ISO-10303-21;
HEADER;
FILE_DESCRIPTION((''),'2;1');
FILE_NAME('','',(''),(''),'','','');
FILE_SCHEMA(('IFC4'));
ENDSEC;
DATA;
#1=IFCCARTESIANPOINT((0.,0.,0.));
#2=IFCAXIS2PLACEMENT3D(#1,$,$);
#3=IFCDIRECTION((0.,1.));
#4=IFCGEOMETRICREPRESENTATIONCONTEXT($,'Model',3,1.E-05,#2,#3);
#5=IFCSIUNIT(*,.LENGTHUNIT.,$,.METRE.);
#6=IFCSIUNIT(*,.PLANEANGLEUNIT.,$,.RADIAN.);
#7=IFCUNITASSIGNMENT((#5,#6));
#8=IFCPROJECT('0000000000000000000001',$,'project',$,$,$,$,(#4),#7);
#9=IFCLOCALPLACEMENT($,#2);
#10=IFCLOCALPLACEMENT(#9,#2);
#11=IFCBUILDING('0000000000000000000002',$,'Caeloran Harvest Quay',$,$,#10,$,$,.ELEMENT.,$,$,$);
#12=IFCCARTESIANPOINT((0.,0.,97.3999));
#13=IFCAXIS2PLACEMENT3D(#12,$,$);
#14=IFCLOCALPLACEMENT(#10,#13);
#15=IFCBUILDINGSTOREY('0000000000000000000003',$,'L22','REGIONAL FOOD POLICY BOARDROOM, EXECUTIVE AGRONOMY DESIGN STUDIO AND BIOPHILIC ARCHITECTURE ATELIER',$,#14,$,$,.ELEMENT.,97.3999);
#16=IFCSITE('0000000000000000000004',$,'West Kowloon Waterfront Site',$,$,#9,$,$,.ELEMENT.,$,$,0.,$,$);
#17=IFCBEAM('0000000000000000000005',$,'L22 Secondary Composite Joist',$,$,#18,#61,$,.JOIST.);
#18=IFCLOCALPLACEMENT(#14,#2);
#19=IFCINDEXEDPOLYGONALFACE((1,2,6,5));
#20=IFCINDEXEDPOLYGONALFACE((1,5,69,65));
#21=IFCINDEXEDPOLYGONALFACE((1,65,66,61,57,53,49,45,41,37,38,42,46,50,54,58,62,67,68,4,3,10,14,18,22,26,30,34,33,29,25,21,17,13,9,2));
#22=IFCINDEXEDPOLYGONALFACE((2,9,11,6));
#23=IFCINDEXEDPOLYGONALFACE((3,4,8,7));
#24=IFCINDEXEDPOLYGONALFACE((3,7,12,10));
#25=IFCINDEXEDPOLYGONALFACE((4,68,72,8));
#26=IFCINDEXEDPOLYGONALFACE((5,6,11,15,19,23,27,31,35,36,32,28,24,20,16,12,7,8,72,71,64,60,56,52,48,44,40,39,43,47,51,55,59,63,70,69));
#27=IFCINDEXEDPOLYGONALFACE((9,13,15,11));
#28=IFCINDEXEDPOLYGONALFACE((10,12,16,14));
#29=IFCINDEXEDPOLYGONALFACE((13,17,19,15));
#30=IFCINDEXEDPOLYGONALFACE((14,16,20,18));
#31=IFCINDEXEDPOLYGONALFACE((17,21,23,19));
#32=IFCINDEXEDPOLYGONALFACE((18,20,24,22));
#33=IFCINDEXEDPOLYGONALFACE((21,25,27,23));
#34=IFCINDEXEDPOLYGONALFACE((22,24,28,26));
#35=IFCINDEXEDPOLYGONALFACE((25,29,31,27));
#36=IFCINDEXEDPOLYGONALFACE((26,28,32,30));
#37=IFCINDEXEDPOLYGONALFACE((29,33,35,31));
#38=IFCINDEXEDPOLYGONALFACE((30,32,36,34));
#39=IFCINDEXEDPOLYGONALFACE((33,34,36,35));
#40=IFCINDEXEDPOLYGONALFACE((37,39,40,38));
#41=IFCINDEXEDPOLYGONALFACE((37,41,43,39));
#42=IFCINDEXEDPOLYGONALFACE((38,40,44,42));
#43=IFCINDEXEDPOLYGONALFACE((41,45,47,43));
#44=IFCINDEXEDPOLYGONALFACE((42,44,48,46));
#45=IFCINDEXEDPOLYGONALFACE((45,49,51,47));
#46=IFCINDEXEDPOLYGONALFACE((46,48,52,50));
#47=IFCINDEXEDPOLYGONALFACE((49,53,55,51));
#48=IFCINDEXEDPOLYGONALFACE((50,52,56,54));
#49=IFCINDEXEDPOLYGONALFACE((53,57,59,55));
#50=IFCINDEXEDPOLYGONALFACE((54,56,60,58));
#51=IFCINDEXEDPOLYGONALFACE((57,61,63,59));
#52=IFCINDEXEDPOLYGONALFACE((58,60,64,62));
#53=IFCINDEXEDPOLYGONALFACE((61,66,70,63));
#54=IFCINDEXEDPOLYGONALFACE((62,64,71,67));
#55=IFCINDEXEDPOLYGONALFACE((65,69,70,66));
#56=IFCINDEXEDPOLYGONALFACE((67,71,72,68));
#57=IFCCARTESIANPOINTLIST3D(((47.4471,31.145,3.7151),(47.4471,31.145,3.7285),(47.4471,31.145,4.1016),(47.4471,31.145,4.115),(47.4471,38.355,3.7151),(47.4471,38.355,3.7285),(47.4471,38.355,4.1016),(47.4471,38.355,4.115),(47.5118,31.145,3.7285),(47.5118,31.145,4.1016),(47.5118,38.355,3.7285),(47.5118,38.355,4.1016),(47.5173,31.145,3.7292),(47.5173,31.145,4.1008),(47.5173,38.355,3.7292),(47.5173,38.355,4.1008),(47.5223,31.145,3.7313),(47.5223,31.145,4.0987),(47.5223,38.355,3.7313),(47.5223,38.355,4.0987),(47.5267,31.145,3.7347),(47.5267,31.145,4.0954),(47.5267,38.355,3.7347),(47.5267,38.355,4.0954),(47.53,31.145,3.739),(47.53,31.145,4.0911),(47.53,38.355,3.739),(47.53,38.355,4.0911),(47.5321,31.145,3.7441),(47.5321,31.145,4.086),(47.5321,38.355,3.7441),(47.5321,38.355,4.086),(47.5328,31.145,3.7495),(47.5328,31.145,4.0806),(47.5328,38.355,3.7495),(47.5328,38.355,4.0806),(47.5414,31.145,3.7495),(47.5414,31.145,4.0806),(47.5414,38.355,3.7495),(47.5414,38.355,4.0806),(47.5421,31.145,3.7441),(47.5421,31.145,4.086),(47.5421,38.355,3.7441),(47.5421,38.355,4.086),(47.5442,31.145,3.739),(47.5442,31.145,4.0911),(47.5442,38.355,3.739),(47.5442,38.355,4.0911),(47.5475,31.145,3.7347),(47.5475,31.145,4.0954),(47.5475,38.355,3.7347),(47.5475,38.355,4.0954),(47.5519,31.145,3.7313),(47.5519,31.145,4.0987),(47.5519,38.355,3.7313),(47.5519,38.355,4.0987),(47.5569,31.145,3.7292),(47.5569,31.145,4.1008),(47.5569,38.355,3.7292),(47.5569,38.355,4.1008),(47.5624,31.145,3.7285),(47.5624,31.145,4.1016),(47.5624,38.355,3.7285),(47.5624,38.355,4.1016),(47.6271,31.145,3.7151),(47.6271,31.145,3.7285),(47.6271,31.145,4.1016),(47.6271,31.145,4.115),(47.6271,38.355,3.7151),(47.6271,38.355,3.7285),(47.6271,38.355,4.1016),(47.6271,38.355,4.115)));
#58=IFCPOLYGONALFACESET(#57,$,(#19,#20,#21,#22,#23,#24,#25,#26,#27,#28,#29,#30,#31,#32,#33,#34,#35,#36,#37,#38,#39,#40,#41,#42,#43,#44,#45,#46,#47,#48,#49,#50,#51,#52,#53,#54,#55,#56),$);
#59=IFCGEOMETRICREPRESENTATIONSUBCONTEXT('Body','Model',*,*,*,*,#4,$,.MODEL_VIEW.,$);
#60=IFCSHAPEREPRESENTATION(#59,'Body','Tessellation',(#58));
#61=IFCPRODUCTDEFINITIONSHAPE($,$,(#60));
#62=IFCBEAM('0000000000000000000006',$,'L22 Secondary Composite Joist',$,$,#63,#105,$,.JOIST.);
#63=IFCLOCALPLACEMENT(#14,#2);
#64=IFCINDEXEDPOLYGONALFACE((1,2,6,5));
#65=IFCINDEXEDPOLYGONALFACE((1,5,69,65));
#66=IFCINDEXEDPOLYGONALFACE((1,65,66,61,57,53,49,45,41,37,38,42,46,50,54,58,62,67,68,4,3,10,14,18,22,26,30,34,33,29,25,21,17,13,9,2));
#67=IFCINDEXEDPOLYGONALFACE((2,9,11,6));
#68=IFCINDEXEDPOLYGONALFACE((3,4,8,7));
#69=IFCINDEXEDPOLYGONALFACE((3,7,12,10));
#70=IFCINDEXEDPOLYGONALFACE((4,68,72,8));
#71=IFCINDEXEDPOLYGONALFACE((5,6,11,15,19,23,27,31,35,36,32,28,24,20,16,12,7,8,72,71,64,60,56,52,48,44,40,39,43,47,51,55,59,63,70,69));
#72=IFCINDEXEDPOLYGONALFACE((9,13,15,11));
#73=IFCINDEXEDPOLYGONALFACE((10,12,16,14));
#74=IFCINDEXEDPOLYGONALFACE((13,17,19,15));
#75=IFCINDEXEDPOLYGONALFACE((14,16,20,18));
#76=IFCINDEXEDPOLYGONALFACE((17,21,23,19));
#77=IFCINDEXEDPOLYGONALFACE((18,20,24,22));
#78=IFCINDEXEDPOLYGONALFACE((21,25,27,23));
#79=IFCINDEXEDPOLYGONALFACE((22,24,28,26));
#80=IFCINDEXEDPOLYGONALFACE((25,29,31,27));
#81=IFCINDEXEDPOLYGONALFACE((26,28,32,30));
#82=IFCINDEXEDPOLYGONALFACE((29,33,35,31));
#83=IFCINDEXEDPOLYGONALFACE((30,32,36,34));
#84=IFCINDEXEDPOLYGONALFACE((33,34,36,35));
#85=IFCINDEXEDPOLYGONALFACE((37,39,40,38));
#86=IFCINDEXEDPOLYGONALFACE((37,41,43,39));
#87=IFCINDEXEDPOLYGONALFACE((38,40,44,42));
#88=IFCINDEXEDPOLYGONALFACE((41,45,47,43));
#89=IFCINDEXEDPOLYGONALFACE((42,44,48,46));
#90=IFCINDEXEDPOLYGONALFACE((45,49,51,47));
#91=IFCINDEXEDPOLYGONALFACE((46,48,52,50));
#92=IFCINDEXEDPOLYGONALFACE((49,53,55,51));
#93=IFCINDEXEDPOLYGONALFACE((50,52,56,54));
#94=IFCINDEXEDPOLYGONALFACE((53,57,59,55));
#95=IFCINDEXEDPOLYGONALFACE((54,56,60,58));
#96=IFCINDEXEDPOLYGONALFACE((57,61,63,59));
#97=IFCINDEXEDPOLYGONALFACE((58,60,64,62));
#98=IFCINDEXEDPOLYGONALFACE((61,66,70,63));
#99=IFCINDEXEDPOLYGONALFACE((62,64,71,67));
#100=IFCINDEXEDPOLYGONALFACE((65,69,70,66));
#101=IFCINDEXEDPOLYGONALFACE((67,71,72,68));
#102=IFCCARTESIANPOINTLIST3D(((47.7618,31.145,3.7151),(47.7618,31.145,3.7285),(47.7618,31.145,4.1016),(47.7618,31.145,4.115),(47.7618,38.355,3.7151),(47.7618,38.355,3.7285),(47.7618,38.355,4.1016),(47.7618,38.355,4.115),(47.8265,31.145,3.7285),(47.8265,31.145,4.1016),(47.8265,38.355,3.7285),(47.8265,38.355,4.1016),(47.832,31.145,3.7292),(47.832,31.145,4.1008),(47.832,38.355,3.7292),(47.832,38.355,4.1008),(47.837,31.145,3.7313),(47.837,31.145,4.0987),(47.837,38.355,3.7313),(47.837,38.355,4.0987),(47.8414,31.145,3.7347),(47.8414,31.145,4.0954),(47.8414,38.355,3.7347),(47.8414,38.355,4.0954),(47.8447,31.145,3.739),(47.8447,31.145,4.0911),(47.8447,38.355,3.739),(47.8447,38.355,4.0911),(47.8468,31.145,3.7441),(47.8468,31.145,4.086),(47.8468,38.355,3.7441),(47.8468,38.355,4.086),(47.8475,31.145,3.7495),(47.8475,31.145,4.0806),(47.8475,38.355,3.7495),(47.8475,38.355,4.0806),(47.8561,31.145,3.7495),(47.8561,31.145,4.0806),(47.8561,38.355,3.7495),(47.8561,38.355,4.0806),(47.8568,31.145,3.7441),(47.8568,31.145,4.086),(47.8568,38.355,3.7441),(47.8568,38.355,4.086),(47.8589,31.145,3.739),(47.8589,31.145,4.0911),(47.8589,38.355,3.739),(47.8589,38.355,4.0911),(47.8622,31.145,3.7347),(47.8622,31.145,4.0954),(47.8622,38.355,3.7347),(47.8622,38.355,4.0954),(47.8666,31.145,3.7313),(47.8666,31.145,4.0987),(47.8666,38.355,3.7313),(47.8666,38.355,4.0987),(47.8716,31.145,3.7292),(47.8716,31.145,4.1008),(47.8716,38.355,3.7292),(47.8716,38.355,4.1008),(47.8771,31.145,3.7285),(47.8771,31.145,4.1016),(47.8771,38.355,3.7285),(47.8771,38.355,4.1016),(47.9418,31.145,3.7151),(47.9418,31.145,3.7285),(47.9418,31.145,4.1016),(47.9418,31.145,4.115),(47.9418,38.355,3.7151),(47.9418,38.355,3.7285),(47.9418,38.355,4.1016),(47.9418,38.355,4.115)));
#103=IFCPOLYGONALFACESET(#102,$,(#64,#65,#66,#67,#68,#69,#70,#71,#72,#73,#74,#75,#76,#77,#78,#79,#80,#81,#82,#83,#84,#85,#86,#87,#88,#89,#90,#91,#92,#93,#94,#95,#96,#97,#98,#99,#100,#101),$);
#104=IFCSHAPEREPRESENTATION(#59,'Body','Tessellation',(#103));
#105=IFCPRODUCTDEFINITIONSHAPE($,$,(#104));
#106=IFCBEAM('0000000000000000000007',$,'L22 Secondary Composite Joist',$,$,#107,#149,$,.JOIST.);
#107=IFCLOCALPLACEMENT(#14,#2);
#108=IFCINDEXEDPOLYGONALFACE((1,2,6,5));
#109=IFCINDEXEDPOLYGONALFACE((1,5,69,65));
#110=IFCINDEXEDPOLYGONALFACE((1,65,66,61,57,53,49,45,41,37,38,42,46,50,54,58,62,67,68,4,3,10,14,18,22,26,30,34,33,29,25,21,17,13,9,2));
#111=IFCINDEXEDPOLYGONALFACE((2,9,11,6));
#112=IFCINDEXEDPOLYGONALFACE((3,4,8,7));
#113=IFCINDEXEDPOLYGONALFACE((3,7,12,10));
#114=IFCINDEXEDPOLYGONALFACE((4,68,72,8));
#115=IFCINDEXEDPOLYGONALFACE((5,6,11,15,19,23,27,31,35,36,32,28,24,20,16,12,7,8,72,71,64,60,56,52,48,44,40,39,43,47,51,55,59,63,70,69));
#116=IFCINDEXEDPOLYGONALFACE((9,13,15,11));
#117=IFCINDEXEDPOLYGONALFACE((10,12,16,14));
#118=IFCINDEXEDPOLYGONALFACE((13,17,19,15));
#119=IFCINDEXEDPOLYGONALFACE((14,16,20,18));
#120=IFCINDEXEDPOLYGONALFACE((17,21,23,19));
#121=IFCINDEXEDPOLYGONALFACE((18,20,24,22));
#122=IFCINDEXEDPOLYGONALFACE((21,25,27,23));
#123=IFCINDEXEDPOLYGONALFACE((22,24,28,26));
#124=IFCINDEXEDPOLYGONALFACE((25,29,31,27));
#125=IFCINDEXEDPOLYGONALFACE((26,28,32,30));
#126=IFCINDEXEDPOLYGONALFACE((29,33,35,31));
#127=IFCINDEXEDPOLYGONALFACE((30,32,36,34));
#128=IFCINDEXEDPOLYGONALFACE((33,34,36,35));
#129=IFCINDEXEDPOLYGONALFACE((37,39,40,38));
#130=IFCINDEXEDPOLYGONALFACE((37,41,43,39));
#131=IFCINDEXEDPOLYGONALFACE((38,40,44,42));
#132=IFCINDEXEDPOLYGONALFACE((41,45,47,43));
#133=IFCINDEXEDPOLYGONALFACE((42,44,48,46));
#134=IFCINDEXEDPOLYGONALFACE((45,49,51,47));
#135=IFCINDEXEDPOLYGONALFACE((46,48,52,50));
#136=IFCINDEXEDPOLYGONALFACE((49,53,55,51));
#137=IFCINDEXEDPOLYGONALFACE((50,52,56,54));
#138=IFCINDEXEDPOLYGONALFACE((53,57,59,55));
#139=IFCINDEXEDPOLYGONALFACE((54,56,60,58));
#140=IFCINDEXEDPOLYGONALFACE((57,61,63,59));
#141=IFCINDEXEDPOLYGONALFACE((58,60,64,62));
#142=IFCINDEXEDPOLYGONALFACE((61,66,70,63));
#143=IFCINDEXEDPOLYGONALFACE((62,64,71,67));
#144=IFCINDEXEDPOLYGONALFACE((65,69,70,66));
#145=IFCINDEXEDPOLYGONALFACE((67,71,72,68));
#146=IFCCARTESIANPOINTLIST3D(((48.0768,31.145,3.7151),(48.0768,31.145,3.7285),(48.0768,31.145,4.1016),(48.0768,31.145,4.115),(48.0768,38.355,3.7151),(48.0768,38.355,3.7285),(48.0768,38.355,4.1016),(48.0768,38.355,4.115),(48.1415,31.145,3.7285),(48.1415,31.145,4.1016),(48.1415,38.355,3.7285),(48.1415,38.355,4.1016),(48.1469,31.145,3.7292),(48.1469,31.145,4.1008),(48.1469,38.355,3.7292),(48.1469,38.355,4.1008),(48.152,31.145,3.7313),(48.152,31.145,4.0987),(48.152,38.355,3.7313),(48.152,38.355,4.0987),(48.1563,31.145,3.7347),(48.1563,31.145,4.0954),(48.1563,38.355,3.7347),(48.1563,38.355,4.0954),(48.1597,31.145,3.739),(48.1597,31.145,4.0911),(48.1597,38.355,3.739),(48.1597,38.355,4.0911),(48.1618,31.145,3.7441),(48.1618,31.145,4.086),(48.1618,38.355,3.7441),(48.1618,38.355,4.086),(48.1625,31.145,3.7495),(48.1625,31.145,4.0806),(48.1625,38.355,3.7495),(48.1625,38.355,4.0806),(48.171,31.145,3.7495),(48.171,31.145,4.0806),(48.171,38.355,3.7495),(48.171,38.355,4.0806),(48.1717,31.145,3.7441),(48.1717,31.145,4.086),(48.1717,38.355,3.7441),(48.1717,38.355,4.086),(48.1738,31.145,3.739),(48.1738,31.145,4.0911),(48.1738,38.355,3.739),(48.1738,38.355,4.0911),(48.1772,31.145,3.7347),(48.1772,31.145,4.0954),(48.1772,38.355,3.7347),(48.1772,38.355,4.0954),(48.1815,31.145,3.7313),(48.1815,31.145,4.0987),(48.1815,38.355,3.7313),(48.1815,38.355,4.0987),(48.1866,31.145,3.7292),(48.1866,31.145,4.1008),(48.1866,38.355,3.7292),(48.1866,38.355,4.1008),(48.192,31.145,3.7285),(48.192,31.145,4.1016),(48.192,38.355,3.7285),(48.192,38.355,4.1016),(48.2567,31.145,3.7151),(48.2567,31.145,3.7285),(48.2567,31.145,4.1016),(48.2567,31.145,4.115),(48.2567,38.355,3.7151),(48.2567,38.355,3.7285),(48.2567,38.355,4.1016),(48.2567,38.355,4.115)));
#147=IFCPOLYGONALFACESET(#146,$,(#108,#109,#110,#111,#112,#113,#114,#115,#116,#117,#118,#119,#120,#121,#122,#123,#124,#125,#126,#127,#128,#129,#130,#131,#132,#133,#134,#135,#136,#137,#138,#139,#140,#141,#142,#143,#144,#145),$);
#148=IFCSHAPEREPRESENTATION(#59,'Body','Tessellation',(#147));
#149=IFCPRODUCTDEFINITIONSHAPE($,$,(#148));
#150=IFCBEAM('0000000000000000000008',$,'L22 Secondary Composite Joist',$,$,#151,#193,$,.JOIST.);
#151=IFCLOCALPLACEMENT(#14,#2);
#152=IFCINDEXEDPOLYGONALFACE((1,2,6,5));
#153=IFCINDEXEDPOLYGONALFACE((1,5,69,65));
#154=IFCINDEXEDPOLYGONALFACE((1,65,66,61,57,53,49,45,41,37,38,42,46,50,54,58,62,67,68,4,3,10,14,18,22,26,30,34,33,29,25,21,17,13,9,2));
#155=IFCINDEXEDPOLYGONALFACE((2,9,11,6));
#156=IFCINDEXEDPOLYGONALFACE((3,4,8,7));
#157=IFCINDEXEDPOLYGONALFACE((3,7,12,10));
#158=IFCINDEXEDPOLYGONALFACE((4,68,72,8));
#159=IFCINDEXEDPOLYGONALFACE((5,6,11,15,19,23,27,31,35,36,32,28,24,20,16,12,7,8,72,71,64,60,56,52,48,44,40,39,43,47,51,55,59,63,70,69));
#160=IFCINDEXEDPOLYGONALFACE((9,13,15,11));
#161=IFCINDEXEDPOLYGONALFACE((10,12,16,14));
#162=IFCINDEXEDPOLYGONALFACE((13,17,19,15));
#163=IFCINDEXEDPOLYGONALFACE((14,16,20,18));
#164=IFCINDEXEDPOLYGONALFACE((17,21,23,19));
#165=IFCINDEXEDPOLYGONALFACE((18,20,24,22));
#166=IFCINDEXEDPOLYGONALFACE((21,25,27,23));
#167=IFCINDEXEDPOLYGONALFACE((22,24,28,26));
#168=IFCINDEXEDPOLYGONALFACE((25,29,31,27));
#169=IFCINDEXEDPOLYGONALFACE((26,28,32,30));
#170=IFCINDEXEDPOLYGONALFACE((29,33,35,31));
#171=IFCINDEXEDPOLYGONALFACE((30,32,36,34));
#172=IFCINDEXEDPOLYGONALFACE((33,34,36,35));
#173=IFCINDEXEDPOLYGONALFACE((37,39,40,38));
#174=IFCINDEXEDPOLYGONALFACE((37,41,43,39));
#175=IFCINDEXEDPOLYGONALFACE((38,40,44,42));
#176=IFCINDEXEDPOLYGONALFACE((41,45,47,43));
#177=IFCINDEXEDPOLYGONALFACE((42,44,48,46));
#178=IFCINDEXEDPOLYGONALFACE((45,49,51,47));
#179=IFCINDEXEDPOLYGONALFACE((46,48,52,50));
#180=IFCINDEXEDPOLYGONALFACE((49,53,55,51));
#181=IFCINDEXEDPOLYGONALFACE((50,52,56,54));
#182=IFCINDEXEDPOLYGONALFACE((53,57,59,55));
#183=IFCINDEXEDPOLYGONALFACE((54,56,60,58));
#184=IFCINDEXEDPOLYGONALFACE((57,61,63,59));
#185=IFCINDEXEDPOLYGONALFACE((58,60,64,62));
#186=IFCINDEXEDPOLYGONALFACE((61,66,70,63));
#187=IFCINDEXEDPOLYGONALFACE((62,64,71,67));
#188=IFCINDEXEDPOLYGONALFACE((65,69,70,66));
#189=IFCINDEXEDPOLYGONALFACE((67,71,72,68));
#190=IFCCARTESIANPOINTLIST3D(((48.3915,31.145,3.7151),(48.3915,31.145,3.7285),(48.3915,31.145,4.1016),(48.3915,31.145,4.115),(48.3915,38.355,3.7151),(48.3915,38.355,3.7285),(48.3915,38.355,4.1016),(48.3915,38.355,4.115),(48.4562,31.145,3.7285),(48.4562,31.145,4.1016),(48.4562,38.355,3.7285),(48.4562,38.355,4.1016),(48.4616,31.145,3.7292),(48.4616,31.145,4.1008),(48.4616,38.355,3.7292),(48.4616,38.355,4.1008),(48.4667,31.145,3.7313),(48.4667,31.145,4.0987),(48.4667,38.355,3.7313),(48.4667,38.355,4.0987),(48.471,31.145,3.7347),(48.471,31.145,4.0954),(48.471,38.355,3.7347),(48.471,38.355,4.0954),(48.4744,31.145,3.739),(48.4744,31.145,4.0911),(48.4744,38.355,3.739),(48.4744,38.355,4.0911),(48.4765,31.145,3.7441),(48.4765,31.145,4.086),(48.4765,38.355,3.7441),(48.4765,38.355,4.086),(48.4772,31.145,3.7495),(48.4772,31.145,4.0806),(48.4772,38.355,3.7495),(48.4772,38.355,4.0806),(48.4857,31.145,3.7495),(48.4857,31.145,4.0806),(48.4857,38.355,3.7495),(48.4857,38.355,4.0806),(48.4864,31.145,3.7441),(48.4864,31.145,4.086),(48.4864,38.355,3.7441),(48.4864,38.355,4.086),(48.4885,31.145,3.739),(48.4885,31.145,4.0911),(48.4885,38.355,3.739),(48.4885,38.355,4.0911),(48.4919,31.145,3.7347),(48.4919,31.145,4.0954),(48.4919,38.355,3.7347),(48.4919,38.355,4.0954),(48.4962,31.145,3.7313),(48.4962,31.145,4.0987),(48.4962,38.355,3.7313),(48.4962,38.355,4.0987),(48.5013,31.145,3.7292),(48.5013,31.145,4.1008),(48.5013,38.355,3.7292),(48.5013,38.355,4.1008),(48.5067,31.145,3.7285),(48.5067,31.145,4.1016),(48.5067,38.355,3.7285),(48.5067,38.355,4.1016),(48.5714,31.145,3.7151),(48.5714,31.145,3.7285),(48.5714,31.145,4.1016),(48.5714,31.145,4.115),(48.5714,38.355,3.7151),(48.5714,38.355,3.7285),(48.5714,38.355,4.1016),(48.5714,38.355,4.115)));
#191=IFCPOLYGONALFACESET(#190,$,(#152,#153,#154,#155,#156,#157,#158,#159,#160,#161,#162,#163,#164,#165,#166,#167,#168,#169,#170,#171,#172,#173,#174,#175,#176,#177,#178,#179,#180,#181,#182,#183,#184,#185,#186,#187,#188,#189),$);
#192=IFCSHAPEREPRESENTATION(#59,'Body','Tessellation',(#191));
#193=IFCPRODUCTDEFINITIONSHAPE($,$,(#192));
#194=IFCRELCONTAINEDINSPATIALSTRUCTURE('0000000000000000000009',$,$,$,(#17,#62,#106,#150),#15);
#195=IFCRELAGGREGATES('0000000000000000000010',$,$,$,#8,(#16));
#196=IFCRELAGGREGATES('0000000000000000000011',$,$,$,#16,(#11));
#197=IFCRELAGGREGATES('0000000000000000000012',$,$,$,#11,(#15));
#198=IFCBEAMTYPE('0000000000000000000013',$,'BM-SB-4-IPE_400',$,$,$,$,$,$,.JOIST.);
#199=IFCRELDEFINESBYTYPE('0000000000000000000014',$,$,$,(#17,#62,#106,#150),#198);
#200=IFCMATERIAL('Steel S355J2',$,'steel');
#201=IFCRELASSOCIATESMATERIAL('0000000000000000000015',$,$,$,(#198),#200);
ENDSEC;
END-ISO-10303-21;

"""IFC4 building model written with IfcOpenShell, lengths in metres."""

from ifc_helpers import new_model, si_unit, direction, frame, origin, origin_2d, place, context, subcontext, project, spatial, i_section, extrude, material, material_profile, profile_set, type_object, element, save


model = new_model("IFC4")

# Units and contexts
model_context = context("Model", 3, precision=1e-05, world=origin(), true_north=direction((0.0, 1.0)))
body_context = subcontext(model_context, "Body", "Model", "MODEL_VIEW")
ifc_project = project(units=[si_unit("LENGTHUNIT", "METRE"), si_unit("PLANEANGLEUNIT", "RADIAN")], contexts=[model_context])

# Site, building, storey
site_placement = place(None, origin())
site = spatial("IfcSite", under=ifc_project, at=site_placement, Name="West Kowloon Waterfront Site", CompositionType="ELEMENT", RefElevation=0.0)
building_placement = place(site_placement, origin())
building = spatial("IfcBuilding", under=site, at=building_placement, Name="Caeloran Harvest Quay", CompositionType="ELEMENT")
storey_placement = place(building_placement, frame((0.0, 0.0, 97.3999)))
storey = spatial("IfcBuildingStorey", under=building, at=storey_placement, Name="L22", Description="REGIONAL FOOD POLICY BOARDROOM, EXECUTIVE AGRONOMY DESIGN STUDIO AND BIOPHILIC ARCHITECTURE ATELIER", CompositionType="ELEMENT", Elevation=97.3999)

# Beams
ifc_material_1 = material(Name="Steel S355J2", Category="steel")
ifc_material_profile_1 = material_profile(ifc_material_1, i_section(OverallWidth=0.1799, OverallDepth=0.3999, WebThickness=0.0085, FlangeThickness=0.0134, FilletRadius=0.021, at=origin_2d()), Name="IPE 400")
ifc_profile_set_1 = profile_set([ifc_material_profile_1], Name="Steel S355J2")
beam_type_1 = type_object("IfcBeamType", Name="BM-SB-4-IPE_400", PredefinedType="JOIST", material=ifc_profile_set_1)
for number, where, z_axis, x_axis, name in (
    (1, (47.5371, 31.145, 3.915), (0.0, 1.0, 0.0), (-1.0, 0.0, 0.0), "L22 Secondary Composite Joist"),
    (2, (47.8518, 31.145, 3.915), (0.0, 1.0, 0.0), (-1.0, 0.0, 0.0), "L22 Secondary Composite Joist"),
    (3, (48.1667, 31.145, 3.915), (0.0, 1.0, 0.0), (-1.0, 0.0, 0.0), "L22 Secondary Composite Joist"),
    (4, (48.4814, 31.145, 3.915), (0.0, 1.0, 0.0), (-1.0, 0.0, 0.0), "L22 Secondary Composite Joist"),
):
    element("IfcBeam", number, at=place(storey_placement, frame(where, z_axis=z_axis, x_axis=x_axis)), inside=storey, type_object=beam_type_1, Name=name, PredefinedType="JOIST", context=body_context, shape_type="SweptSolid", body=[
        extrude(i_section(OverallWidth=0.1799, OverallDepth=0.3999, WebThickness=0.0085, FlangeThickness=0.0134, FilletRadius=0.021, at=origin_2d()), origin(), (0.0, 0.0, 1.0), 7.21),
    ])

save(model, "model.ifc")
